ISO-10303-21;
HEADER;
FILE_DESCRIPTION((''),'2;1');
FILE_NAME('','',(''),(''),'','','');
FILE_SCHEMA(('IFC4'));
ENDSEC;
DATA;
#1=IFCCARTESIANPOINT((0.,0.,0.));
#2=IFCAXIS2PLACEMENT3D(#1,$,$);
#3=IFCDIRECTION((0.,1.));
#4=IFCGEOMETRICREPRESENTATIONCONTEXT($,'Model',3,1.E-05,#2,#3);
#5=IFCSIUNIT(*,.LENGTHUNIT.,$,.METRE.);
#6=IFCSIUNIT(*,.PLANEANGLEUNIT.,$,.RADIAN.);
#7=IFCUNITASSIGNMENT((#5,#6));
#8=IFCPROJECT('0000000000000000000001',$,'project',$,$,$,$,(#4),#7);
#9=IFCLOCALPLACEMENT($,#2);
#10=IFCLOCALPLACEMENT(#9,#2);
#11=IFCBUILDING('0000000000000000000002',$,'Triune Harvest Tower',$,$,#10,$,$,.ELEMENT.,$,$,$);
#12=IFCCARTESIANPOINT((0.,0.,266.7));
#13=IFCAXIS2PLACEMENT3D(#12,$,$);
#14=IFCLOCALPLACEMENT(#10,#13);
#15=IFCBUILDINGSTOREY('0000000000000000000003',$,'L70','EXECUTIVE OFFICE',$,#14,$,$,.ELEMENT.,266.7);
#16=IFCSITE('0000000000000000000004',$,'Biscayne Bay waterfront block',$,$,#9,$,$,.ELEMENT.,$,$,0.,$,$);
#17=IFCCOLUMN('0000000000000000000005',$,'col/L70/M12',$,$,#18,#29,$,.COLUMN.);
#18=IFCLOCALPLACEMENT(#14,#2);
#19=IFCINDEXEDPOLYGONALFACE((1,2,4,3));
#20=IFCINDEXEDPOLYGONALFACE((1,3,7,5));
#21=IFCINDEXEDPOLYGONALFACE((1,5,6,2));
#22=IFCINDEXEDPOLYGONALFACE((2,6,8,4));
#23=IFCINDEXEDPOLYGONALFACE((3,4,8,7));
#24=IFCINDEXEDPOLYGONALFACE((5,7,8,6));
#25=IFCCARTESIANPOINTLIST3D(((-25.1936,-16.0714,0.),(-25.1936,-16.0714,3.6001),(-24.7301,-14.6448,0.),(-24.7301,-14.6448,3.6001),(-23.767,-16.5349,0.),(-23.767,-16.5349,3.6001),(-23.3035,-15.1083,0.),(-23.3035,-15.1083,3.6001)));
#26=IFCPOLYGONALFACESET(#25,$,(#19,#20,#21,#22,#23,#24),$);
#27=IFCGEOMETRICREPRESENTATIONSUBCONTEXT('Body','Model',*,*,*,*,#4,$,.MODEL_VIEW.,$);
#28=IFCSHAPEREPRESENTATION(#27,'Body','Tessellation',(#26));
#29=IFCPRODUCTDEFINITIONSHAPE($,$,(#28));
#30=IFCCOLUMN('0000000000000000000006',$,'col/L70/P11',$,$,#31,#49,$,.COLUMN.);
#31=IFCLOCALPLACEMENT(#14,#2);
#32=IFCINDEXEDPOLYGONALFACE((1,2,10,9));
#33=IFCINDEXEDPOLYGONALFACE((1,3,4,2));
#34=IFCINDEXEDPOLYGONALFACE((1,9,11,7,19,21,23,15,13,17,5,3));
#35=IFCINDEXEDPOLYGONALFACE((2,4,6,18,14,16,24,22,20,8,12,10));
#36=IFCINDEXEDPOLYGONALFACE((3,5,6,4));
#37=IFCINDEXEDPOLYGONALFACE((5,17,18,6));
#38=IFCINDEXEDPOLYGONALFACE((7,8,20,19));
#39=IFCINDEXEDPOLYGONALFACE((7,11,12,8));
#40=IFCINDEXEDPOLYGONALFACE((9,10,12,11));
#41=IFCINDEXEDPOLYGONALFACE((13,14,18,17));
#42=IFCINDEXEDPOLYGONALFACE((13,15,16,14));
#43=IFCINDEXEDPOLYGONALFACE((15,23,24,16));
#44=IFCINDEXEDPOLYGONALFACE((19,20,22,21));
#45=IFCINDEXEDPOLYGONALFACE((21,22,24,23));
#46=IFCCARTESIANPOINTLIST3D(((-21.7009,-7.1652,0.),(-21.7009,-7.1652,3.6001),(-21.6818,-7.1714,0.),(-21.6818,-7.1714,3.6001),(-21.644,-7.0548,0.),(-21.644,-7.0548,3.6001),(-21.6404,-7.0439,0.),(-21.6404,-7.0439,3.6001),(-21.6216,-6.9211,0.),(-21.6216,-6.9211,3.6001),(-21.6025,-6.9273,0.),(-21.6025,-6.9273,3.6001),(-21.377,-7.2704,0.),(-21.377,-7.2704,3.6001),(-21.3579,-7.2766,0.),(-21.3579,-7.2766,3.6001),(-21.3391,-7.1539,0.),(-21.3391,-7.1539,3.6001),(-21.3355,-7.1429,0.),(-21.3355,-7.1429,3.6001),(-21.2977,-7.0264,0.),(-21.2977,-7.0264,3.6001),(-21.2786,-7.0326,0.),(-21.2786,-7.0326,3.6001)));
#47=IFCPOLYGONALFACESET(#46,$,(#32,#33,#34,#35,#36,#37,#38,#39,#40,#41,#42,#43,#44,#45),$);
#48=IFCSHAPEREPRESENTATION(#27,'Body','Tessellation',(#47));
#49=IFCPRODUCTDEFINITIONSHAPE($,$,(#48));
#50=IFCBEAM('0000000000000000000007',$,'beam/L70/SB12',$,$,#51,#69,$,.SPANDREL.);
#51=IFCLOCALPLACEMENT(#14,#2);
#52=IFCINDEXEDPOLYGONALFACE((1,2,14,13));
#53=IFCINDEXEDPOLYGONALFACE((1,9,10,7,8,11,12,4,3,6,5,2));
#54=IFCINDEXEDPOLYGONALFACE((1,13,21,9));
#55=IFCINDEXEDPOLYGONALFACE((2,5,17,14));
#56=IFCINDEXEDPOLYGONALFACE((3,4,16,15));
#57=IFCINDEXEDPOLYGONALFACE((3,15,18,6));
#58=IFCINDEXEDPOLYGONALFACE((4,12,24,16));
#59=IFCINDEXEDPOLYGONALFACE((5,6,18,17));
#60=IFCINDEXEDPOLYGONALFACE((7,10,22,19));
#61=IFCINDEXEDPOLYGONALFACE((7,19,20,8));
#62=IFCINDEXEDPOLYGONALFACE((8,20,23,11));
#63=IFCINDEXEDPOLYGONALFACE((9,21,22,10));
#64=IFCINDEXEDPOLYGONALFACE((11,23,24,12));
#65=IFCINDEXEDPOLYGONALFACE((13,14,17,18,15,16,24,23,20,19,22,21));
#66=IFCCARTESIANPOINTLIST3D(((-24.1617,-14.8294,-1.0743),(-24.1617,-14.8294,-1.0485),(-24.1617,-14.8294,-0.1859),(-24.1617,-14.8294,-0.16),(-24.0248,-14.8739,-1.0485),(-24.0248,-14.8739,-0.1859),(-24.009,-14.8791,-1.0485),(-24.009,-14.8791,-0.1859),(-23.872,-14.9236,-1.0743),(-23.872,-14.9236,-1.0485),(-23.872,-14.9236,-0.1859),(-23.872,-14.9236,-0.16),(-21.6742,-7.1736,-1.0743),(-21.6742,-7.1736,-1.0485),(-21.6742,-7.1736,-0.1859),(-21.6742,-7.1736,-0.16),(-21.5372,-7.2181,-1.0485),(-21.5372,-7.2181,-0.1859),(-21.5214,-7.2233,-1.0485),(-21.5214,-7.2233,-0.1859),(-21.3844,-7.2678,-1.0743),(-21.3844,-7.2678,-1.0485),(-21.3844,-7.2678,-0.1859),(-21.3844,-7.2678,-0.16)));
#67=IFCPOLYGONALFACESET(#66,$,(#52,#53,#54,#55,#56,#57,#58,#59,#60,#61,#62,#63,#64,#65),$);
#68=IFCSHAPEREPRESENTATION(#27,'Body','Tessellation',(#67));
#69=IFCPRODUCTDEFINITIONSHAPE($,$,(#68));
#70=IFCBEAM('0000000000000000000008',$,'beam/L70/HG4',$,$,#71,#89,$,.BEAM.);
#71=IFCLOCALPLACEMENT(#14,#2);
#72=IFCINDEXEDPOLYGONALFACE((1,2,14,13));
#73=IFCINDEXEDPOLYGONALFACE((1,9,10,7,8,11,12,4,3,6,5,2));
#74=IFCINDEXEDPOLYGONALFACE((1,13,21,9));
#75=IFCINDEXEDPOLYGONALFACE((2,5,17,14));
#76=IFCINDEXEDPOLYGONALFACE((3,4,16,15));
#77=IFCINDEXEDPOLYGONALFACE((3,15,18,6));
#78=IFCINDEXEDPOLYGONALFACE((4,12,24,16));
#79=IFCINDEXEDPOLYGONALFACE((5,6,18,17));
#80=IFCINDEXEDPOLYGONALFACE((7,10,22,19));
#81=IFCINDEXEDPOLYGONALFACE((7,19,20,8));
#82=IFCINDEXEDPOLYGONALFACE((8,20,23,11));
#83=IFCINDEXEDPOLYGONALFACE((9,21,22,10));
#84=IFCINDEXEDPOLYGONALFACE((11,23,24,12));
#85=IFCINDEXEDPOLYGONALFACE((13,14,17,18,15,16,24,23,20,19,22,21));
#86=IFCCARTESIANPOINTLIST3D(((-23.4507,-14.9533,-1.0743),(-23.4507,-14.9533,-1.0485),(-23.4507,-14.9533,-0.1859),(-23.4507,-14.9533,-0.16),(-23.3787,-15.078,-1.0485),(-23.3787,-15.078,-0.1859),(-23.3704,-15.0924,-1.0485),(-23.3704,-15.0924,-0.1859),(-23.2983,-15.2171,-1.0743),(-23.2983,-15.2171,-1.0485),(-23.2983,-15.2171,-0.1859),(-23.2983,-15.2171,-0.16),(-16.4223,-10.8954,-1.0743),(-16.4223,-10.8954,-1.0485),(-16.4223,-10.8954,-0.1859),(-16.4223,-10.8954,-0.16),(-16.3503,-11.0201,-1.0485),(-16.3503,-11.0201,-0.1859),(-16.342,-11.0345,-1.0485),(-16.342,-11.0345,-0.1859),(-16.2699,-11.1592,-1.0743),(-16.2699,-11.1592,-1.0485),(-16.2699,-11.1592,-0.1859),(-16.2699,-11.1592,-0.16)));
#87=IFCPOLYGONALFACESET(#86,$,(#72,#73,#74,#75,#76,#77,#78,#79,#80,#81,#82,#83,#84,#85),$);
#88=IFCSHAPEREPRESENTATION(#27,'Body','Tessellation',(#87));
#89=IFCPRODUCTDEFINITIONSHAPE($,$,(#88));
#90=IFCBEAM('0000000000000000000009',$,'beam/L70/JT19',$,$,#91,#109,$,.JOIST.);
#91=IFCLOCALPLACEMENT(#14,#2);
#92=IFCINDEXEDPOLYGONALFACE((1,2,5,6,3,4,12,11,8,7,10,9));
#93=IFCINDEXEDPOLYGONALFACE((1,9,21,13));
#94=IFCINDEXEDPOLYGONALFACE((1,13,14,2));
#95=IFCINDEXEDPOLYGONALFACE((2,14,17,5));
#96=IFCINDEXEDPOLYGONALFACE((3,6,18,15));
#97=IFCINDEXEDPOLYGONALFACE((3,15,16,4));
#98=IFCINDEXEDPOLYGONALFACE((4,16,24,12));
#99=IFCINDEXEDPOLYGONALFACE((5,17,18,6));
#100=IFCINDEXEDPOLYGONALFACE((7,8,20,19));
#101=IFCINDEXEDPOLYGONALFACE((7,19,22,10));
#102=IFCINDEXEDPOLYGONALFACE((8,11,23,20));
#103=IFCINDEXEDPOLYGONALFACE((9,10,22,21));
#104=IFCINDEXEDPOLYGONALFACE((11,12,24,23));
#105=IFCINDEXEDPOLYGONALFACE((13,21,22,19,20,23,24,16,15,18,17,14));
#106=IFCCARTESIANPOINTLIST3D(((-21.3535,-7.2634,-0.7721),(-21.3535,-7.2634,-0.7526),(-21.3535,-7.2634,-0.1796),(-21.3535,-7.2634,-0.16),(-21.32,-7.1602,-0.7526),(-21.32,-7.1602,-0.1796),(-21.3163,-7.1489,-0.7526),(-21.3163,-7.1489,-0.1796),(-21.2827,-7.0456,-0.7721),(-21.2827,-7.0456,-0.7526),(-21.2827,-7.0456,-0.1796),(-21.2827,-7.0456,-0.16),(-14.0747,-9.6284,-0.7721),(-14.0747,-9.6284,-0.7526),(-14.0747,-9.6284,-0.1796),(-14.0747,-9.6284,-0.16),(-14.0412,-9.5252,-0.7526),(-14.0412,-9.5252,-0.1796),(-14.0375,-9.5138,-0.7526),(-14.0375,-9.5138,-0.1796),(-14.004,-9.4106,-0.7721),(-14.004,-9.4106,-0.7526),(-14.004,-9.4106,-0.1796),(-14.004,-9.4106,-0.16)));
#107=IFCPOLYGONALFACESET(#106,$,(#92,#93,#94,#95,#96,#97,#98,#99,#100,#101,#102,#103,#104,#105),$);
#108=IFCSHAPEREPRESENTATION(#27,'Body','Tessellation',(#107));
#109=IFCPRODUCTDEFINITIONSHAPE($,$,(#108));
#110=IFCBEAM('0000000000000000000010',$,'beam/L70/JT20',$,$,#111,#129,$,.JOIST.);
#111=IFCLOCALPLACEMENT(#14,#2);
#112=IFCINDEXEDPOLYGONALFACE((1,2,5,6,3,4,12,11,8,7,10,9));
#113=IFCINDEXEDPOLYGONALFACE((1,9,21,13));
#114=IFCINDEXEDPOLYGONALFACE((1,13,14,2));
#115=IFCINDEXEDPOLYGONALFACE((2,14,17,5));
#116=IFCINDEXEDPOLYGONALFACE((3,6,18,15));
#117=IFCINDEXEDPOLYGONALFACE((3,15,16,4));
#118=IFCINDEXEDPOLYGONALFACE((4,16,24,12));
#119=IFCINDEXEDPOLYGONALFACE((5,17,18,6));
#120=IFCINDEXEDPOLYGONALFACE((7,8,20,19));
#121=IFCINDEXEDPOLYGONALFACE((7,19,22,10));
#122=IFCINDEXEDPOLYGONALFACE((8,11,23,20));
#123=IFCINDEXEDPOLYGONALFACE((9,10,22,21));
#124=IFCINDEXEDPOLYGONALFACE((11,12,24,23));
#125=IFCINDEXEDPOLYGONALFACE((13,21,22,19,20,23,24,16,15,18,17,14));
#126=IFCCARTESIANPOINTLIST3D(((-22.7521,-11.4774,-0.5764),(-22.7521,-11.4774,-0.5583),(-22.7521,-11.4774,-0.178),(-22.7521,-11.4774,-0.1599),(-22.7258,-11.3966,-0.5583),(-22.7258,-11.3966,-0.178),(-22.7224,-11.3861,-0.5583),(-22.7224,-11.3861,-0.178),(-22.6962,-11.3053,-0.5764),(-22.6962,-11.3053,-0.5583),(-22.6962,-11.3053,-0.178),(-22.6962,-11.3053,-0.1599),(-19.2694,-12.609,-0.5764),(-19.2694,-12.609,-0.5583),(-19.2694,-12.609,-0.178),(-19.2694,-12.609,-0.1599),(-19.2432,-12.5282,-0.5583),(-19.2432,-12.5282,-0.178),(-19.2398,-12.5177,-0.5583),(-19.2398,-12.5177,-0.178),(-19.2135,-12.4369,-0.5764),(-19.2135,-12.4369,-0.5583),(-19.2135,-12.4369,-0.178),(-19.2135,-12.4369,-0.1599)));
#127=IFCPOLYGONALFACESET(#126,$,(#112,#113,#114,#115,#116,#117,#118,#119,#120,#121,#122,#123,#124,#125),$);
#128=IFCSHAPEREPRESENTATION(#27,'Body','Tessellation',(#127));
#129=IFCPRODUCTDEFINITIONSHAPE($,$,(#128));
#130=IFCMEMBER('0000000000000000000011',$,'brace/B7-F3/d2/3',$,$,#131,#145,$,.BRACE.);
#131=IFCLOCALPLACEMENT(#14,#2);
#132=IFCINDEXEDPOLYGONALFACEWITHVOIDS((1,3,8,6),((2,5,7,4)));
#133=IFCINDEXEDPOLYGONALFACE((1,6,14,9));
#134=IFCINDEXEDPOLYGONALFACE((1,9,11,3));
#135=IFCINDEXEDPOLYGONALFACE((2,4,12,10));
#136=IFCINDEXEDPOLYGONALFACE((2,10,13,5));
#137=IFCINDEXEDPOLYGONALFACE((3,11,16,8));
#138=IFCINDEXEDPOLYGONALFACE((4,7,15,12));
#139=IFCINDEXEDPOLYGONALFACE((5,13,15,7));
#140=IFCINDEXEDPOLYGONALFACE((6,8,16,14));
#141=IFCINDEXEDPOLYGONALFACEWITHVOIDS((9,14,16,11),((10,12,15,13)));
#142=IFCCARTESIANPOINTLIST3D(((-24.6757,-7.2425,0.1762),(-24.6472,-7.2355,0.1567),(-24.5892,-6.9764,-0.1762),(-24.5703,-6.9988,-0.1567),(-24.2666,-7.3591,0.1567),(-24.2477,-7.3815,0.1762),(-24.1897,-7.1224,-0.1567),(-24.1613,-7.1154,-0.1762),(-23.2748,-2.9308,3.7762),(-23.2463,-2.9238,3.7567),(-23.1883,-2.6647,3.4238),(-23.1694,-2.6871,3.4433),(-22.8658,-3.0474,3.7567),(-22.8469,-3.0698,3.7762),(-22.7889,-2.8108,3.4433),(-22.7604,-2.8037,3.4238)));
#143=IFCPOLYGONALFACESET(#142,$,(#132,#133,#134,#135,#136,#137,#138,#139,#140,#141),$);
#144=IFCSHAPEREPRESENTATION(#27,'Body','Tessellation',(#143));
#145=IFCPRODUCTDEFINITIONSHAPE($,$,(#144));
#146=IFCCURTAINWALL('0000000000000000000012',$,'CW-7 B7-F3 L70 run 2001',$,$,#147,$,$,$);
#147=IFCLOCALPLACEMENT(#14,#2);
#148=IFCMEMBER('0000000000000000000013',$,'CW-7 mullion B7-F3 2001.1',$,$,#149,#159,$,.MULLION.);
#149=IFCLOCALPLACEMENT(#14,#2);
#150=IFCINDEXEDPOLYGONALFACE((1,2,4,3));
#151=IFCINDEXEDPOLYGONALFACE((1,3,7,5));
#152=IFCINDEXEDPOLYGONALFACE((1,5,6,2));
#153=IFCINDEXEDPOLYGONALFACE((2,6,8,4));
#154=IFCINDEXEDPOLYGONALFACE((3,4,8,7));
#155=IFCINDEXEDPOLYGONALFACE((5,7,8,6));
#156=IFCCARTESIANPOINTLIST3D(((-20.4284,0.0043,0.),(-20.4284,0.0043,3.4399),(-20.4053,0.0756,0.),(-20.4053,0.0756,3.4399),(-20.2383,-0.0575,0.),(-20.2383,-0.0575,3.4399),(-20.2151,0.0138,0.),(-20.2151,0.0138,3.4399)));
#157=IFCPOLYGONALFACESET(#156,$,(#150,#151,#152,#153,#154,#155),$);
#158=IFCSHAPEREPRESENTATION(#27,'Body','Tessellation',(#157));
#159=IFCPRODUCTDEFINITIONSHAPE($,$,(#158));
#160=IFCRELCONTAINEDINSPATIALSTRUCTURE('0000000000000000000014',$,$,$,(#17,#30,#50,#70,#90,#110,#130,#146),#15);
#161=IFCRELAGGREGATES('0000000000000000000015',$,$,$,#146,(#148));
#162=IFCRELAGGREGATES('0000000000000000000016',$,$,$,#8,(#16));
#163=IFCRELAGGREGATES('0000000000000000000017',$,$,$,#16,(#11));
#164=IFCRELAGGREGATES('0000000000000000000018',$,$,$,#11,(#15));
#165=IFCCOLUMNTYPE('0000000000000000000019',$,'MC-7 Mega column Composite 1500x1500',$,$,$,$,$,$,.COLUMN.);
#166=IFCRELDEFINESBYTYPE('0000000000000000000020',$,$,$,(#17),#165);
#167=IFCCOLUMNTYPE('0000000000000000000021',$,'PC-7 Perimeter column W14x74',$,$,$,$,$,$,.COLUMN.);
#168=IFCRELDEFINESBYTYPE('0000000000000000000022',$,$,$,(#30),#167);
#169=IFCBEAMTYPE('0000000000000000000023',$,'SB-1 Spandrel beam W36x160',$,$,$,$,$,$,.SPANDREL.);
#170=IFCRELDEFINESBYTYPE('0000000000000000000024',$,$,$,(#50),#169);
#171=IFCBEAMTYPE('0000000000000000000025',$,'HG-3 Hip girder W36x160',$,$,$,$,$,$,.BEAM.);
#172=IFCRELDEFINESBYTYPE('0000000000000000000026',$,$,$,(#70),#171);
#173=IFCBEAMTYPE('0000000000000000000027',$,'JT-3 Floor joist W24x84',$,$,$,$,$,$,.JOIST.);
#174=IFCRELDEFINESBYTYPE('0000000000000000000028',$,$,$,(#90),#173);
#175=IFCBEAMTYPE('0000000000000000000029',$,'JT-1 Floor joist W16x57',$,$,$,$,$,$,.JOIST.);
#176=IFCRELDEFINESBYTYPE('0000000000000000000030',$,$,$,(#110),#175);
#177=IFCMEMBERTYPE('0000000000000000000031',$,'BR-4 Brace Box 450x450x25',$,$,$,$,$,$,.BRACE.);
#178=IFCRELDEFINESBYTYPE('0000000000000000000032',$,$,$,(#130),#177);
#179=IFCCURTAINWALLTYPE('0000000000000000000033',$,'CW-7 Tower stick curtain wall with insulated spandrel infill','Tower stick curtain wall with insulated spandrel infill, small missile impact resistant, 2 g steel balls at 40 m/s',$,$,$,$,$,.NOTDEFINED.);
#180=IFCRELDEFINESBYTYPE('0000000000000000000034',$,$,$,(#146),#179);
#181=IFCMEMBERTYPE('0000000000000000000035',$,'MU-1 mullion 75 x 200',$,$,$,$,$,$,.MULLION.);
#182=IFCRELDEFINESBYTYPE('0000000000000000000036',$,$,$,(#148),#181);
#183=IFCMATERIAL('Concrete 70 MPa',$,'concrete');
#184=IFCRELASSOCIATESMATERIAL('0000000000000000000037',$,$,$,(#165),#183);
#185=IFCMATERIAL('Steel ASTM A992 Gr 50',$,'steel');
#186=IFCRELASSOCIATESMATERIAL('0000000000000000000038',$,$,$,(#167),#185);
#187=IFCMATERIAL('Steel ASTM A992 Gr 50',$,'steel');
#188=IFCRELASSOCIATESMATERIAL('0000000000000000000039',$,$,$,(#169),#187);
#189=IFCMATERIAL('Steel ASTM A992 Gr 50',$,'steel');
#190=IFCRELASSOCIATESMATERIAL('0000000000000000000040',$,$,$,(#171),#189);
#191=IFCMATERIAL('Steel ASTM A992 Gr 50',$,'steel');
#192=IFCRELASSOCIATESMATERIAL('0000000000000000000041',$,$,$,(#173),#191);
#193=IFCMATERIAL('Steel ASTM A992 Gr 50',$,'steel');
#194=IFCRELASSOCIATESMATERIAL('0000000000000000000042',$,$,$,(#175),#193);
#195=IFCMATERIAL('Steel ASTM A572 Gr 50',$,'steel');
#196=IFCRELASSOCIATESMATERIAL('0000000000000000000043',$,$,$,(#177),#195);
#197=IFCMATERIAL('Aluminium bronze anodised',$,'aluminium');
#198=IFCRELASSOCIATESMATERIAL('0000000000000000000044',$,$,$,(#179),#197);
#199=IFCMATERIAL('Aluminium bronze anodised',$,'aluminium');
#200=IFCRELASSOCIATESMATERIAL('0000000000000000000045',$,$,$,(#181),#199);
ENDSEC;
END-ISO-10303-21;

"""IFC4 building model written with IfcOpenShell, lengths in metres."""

from ifc_helpers import new_model, si_unit, direction, frame, origin, origin_2d, place, context, subcontext, project, spatial, rectangle, hollow_rectangle, i_section, extrude, source, transform, mapped, material, material_profile, profile_set, type_object, element, aggregate, save


model = new_model("IFC4")

# Units and contexts
model_context = context("Model", 3, precision=1e-05, world=origin(), true_north=direction((0.0, 1.0)))
body_context = subcontext(model_context, "Body", "Model", "MODEL_VIEW")
ifc_project = project(units=[si_unit("LENGTHUNIT", "METRE"), si_unit("PLANEANGLEUNIT", "RADIAN")], contexts=[model_context])

# Site, building, storey
site_placement = place(None, origin())
site = spatial("IfcSite", under=ifc_project, at=site_placement, Name="Biscayne Bay waterfront block", CompositionType="ELEMENT", RefElevation=0.0)
building_placement = place(site_placement, origin())
building = spatial("IfcBuilding", under=site, at=building_placement, Name="Triune Harvest Tower", CompositionType="ELEMENT")
storey_placement = place(building_placement, frame((0.0, 0.0, 266.7)))
storey = spatial("IfcBuildingStorey", under=building, at=storey_placement, Name="L70", Description="EXECUTIVE OFFICE", CompositionType="ELEMENT", Elevation=266.7)

# Columns
ifc_material_1 = material(Name="Concrete 70 MPa", Category="concrete")
ifc_material_profile_1 = material_profile(ifc_material_1, rectangle(XDim=1.5, YDim=1.5, at=origin_2d()), Name="Composite 1500x1500")
ifc_profile_set_1 = profile_set([ifc_material_profile_1], Name="Concrete 70 MPa")
column_type_1 = type_object("IfcColumnType", Name="MC-7 Mega column Composite 1500x1500", PredefinedType="COLUMN", material=ifc_profile_set_1)
shared_shape_1 = source(origin(), body_context, "Body", "SweptSolid", [
    extrude(rectangle(XDim=1.5, YDim=1.5, at=origin_2d()), origin(), (0.0, 0.0, 1.0), 3.6001),
])
column_1_placement = place(storey_placement, frame((-24.2485, -15.5898, 0.0), z_axis=(0.0, 0.0, 1.0), x_axis=(-0.309015, -0.951057, 0.0)))
element("IfcColumn", 1, at=column_1_placement, inside=storey, type_object=column_type_1, Name="col/L70/M12", PredefinedType="COLUMN", context=body_context, shape_type="MappedRepresentation", body=[
    mapped(shared_shape_1, transform((0.0, 0.0, 0.0), scale=1.0)),
])
ifc_material_2 = material(Name="Steel ASTM A992 Gr 50", Category="steel")
ifc_material_profile_2 = material_profile(ifc_material_2, i_section(OverallWidth=0.2566, OverallDepth=0.3606, WebThickness=0.0115, FlangeThickness=0.02, at=origin_2d()), Name="W14x74")
ifc_profile_set_2 = profile_set([ifc_material_profile_2], Name="Steel ASTM A992 Gr 50")
column_type_2 = type_object("IfcColumnType", Name="PC-7 Perimeter column W14x74", PredefinedType="COLUMN", material=ifc_profile_set_2)
shared_shape_2 = source(origin(), body_context, "Body", "SweptSolid", [
    extrude(i_section(OverallWidth=0.2566, OverallDepth=0.3606, WebThickness=0.0115, FlangeThickness=0.02, at=origin_2d()), origin(), (0.0, 0.0, 1.0), 3.6001),
])
column_2_placement = place(storey_placement, frame((-21.4897, -7.0989, 0.0), z_axis=(0.0, 0.0, 1.0), x_axis=(-0.309015, -0.951057, 0.0)))
element("IfcColumn", 2, at=column_2_placement, inside=storey, type_object=column_type_2, Name="col/L70/P11", PredefinedType="COLUMN", context=body_context, shape_type="MappedRepresentation", body=[
    mapped(shared_shape_2, transform((0.0, 0.0, 0.0), scale=1.0)),
])

# Beams
ifc_material_3 = material(Name="Steel ASTM A992 Gr 50", Category="steel")
ifc_material_profile_3 = material_profile(ifc_material_3, i_section(OverallWidth=0.3047, OverallDepth=0.9143, WebThickness=0.0166, FlangeThickness=0.0259, at=origin_2d()), Name="W36x160")
ifc_profile_set_3 = profile_set([ifc_material_profile_3], Name="Steel ASTM A992 Gr 50")
beam_type_1 = type_object("IfcBeamType", Name="SB-1 Spandrel beam W36x160", PredefinedType="SPANDREL", material=ifc_profile_set_3)
shared_shape_3 = source(origin(), body_context, "Body", "SweptSolid", [
    extrude(i_section(OverallWidth=0.3047, OverallDepth=0.9143, WebThickness=0.0166, FlangeThickness=0.0259, at=origin_2d()), origin(), (0.0, 0.0, 1.0), 8.0498),
])
beam_1_placement = place(storey_placement, frame((-21.5293, -7.2207, -0.6172), z_axis=(-0.309022, -0.951055, 0.0), x_axis=(0.951055, -0.309022, 0.0)))
element("IfcBeam", 3, at=beam_1_placement, inside=storey, type_object=beam_type_1, Name="beam/L70/SB12", PredefinedType="SPANDREL", context=body_context, shape_type="MappedRepresentation", body=[
    mapped(shared_shape_3, transform((0.0, 0.0, 0.0), scale=1.0)),
])
ifc_material_4 = material(Name="Steel ASTM A992 Gr 50", Category="steel")
ifc_material_profile_4 = material_profile(ifc_material_4, i_section(OverallWidth=0.3047, OverallDepth=0.9143, WebThickness=0.0166, FlangeThickness=0.0259, at=origin_2d()), Name="W36x160")
ifc_profile_set_4 = profile_set([ifc_material_profile_4], Name="Steel ASTM A992 Gr 50")
beam_type_2 = type_object("IfcBeamType", Name="HG-3 Hip girder W36x160", PredefinedType="BEAM", material=ifc_profile_set_4)
shared_shape_4 = source(origin(), body_context, "Body", "SweptSolid", [
    extrude(i_section(OverallWidth=0.3047, OverallDepth=0.9143, WebThickness=0.0166, FlangeThickness=0.0259, at=origin_2d()), origin(), (0.0, 0.0, 1.0), 8.1157),
])
beam_2_placement = place(storey_placement, frame((-23.3745, -15.0852, -0.6172), z_axis=(0.866022, 0.500005, 0.0), x_axis=(-0.500005, 0.866022, 0.0)))
element("IfcBeam", 4, at=beam_2_placement, inside=storey, type_object=beam_type_2, Name="beam/L70/HG4", PredefinedType="BEAM", context=body_context, shape_type="MappedRepresentation", body=[
    mapped(shared_shape_4, transform((0.0, 0.0, 0.0), scale=1.0)),
])
ifc_material_5 = material(Name="Steel ASTM A992 Gr 50", Category="steel")
ifc_material_profile_5 = material_profile(ifc_material_5, i_section(OverallWidth=0.229, OverallDepth=0.6121, WebThickness=0.012, FlangeThickness=0.0195, at=origin_2d()), Name="W24x84")
ifc_profile_set_5 = profile_set([ifc_material_profile_5], Name="Steel ASTM A992 Gr 50")
beam_type_3 = type_object("IfcBeamType", Name="JT-3 Floor joist W24x84", PredefinedType="JOIST", material=ifc_profile_set_5)
shared_shape_5 = source(origin(), body_context, "Body", "SweptSolid", [
    extrude(i_section(OverallWidth=0.229, OverallDepth=0.6121, WebThickness=0.012, FlangeThickness=0.0195, at=origin_2d()), origin(), (0.0, 0.0, 1.0), 7.6533),
])
beam_3_placement = place(storey_placement, frame((-21.3181, -7.1545, -0.4661), z_axis=(0.951058, -0.309012, 0.0), x_axis=(0.309012, 0.951058, 0.0)))
element("IfcBeam", 5, at=beam_3_placement, inside=storey, type_object=beam_type_3, Name="beam/L70/JT19", PredefinedType="JOIST", context=body_context, shape_type="MappedRepresentation", body=[
    mapped(shared_shape_5, transform((0.0, 0.0, 0.0), scale=1.0)),
])
ifc_material_6 = material(Name="Steel ASTM A992 Gr 50", Category="steel")
ifc_material_profile_6 = material_profile(ifc_material_6, i_section(OverallWidth=0.1809, OverallDepth=0.4165, WebThickness=0.011, FlangeThickness=0.0181, at=origin_2d()), Name="W16x57")
ifc_profile_set_6 = profile_set([ifc_material_profile_6], Name="Steel ASTM A992 Gr 50")
beam_type_4 = type_object("IfcBeamType", Name="JT-1 Floor joist W16x57", PredefinedType="JOIST", material=ifc_profile_set_6)
shared_shape_6 = source(origin(), body_context, "Body", "SweptSolid", [
    extrude(i_section(OverallWidth=0.1809, OverallDepth=0.4165, WebThickness=0.011, FlangeThickness=0.0181, at=origin_2d()), origin(), (0.0, 0.0, 1.0), 3.6619),
])
beam_4_placement = place(storey_placement, frame((-22.7241, -11.3914, -0.3682), z_axis=(0.951056, -0.309018, 0.0), x_axis=(0.309018, 0.951056, 0.0)))
element("IfcBeam", 6, at=beam_4_placement, inside=storey, type_object=beam_type_4, Name="beam/L70/JT20", PredefinedType="JOIST", context=body_context, shape_type="MappedRepresentation", body=[
    mapped(shared_shape_6, transform((0.0, 0.0, 0.0), scale=1.0)),
])

# Member
ifc_material_7 = material(Name="Steel ASTM A572 Gr 50", Category="steel")
ifc_material_profile_7 = material_profile(ifc_material_7, hollow_rectangle(XDim=0.45, YDim=0.45, WallThickness=0.0249, at=origin_2d()), Name="Box 450x450x25")
ifc_profile_set_7 = profile_set([ifc_material_profile_7], Name="Steel ASTM A572 Gr 50")
member_type_1 = type_object("IfcMemberType", Name="BR-4 Brace Box 450x450x25", PredefinedType="BRACE", material=ifc_profile_set_7)
shared_shape_7 = source(origin(), body_context, "Body", "SweptSolid", [
    extrude(hollow_rectangle(XDim=0.45, YDim=0.45, WallThickness=0.0249, at=origin_2d()), origin(), (0.0, 0.0, 1.0), 5.7891),
])
member_1_placement = place(storey_placement, frame((-24.4185, -7.179, 0.0), z_axis=(0.241983, 0.744799, 0.621868), x_axis=(-0.951063, 0.308997, 0.0)))
element("IfcMember", 7, at=member_1_placement, inside=storey, type_object=member_type_1, Name="brace/B7-F3/d2/3", PredefinedType="BRACE", context=body_context, shape_type="MappedRepresentation", body=[
    mapped(shared_shape_7, transform((0.0, 0.0, 0.0), scale=1.0)),
])

# Curtain wall, member
ifc_material_8 = material(Name="Aluminium bronze anodised", Category="aluminium")
curtain_wall_type_1 = type_object("IfcCurtainWallType", Name="CW-7 Tower stick curtain wall with insulated spandrel infill", Description="Tower stick curtain wall with insulated spandrel infill, small missile impact resistant, 2 g steel balls at 40 m/s", PredefinedType="NOTDEFINED", material=ifc_material_8)
curtain_wall_1_placement = place(storey_placement, origin())
curtain_wall_1 = element("IfcCurtainWall", 8, at=curtain_wall_1_placement, inside=storey, type_object=curtain_wall_type_1, Name="CW-7 B7-F3 L70 run 2001")
ifc_material_9 = material(Name="Aluminium bronze anodised", Category="aluminium")
ifc_material_profile_8 = material_profile(ifc_material_9, rectangle(XDim=0.2, YDim=0.075, at=origin_2d()), Name="MU-1 mullion 75 x 200")
ifc_profile_set_8 = profile_set([ifc_material_profile_8], Name="Aluminium bronze anodised")
member_type_2 = type_object("IfcMemberType", Name="MU-1 mullion 75 x 200", PredefinedType="MULLION", material=ifc_profile_set_8)
shared_shape_8 = source(origin(), body_context, "Body", "SweptSolid", [
    extrude(rectangle(XDim=0.2, YDim=0.075, at=origin_2d()), origin(), (0.0, 0.0, 1.0), 3.4399),
])
member_2_placement = place(storey_placement, frame((-20.3218, 0.009, 0.0), z_axis=(0.0, 0.0, 1.0), x_axis=(0.951058, -0.309014, 0.0)))
member_2 = element("IfcMember", 9, at=member_2_placement, type_object=member_type_2, Name="CW-7 mullion B7-F3 2001.1", PredefinedType="MULLION", context=body_context, shape_type="MappedRepresentation", body=[
    mapped(shared_shape_8, transform((0.0, 0.0, 0.0), scale=1.0)),
])

aggregate(curtain_wall_1, [member_2])

save(model, "model.ifc")
